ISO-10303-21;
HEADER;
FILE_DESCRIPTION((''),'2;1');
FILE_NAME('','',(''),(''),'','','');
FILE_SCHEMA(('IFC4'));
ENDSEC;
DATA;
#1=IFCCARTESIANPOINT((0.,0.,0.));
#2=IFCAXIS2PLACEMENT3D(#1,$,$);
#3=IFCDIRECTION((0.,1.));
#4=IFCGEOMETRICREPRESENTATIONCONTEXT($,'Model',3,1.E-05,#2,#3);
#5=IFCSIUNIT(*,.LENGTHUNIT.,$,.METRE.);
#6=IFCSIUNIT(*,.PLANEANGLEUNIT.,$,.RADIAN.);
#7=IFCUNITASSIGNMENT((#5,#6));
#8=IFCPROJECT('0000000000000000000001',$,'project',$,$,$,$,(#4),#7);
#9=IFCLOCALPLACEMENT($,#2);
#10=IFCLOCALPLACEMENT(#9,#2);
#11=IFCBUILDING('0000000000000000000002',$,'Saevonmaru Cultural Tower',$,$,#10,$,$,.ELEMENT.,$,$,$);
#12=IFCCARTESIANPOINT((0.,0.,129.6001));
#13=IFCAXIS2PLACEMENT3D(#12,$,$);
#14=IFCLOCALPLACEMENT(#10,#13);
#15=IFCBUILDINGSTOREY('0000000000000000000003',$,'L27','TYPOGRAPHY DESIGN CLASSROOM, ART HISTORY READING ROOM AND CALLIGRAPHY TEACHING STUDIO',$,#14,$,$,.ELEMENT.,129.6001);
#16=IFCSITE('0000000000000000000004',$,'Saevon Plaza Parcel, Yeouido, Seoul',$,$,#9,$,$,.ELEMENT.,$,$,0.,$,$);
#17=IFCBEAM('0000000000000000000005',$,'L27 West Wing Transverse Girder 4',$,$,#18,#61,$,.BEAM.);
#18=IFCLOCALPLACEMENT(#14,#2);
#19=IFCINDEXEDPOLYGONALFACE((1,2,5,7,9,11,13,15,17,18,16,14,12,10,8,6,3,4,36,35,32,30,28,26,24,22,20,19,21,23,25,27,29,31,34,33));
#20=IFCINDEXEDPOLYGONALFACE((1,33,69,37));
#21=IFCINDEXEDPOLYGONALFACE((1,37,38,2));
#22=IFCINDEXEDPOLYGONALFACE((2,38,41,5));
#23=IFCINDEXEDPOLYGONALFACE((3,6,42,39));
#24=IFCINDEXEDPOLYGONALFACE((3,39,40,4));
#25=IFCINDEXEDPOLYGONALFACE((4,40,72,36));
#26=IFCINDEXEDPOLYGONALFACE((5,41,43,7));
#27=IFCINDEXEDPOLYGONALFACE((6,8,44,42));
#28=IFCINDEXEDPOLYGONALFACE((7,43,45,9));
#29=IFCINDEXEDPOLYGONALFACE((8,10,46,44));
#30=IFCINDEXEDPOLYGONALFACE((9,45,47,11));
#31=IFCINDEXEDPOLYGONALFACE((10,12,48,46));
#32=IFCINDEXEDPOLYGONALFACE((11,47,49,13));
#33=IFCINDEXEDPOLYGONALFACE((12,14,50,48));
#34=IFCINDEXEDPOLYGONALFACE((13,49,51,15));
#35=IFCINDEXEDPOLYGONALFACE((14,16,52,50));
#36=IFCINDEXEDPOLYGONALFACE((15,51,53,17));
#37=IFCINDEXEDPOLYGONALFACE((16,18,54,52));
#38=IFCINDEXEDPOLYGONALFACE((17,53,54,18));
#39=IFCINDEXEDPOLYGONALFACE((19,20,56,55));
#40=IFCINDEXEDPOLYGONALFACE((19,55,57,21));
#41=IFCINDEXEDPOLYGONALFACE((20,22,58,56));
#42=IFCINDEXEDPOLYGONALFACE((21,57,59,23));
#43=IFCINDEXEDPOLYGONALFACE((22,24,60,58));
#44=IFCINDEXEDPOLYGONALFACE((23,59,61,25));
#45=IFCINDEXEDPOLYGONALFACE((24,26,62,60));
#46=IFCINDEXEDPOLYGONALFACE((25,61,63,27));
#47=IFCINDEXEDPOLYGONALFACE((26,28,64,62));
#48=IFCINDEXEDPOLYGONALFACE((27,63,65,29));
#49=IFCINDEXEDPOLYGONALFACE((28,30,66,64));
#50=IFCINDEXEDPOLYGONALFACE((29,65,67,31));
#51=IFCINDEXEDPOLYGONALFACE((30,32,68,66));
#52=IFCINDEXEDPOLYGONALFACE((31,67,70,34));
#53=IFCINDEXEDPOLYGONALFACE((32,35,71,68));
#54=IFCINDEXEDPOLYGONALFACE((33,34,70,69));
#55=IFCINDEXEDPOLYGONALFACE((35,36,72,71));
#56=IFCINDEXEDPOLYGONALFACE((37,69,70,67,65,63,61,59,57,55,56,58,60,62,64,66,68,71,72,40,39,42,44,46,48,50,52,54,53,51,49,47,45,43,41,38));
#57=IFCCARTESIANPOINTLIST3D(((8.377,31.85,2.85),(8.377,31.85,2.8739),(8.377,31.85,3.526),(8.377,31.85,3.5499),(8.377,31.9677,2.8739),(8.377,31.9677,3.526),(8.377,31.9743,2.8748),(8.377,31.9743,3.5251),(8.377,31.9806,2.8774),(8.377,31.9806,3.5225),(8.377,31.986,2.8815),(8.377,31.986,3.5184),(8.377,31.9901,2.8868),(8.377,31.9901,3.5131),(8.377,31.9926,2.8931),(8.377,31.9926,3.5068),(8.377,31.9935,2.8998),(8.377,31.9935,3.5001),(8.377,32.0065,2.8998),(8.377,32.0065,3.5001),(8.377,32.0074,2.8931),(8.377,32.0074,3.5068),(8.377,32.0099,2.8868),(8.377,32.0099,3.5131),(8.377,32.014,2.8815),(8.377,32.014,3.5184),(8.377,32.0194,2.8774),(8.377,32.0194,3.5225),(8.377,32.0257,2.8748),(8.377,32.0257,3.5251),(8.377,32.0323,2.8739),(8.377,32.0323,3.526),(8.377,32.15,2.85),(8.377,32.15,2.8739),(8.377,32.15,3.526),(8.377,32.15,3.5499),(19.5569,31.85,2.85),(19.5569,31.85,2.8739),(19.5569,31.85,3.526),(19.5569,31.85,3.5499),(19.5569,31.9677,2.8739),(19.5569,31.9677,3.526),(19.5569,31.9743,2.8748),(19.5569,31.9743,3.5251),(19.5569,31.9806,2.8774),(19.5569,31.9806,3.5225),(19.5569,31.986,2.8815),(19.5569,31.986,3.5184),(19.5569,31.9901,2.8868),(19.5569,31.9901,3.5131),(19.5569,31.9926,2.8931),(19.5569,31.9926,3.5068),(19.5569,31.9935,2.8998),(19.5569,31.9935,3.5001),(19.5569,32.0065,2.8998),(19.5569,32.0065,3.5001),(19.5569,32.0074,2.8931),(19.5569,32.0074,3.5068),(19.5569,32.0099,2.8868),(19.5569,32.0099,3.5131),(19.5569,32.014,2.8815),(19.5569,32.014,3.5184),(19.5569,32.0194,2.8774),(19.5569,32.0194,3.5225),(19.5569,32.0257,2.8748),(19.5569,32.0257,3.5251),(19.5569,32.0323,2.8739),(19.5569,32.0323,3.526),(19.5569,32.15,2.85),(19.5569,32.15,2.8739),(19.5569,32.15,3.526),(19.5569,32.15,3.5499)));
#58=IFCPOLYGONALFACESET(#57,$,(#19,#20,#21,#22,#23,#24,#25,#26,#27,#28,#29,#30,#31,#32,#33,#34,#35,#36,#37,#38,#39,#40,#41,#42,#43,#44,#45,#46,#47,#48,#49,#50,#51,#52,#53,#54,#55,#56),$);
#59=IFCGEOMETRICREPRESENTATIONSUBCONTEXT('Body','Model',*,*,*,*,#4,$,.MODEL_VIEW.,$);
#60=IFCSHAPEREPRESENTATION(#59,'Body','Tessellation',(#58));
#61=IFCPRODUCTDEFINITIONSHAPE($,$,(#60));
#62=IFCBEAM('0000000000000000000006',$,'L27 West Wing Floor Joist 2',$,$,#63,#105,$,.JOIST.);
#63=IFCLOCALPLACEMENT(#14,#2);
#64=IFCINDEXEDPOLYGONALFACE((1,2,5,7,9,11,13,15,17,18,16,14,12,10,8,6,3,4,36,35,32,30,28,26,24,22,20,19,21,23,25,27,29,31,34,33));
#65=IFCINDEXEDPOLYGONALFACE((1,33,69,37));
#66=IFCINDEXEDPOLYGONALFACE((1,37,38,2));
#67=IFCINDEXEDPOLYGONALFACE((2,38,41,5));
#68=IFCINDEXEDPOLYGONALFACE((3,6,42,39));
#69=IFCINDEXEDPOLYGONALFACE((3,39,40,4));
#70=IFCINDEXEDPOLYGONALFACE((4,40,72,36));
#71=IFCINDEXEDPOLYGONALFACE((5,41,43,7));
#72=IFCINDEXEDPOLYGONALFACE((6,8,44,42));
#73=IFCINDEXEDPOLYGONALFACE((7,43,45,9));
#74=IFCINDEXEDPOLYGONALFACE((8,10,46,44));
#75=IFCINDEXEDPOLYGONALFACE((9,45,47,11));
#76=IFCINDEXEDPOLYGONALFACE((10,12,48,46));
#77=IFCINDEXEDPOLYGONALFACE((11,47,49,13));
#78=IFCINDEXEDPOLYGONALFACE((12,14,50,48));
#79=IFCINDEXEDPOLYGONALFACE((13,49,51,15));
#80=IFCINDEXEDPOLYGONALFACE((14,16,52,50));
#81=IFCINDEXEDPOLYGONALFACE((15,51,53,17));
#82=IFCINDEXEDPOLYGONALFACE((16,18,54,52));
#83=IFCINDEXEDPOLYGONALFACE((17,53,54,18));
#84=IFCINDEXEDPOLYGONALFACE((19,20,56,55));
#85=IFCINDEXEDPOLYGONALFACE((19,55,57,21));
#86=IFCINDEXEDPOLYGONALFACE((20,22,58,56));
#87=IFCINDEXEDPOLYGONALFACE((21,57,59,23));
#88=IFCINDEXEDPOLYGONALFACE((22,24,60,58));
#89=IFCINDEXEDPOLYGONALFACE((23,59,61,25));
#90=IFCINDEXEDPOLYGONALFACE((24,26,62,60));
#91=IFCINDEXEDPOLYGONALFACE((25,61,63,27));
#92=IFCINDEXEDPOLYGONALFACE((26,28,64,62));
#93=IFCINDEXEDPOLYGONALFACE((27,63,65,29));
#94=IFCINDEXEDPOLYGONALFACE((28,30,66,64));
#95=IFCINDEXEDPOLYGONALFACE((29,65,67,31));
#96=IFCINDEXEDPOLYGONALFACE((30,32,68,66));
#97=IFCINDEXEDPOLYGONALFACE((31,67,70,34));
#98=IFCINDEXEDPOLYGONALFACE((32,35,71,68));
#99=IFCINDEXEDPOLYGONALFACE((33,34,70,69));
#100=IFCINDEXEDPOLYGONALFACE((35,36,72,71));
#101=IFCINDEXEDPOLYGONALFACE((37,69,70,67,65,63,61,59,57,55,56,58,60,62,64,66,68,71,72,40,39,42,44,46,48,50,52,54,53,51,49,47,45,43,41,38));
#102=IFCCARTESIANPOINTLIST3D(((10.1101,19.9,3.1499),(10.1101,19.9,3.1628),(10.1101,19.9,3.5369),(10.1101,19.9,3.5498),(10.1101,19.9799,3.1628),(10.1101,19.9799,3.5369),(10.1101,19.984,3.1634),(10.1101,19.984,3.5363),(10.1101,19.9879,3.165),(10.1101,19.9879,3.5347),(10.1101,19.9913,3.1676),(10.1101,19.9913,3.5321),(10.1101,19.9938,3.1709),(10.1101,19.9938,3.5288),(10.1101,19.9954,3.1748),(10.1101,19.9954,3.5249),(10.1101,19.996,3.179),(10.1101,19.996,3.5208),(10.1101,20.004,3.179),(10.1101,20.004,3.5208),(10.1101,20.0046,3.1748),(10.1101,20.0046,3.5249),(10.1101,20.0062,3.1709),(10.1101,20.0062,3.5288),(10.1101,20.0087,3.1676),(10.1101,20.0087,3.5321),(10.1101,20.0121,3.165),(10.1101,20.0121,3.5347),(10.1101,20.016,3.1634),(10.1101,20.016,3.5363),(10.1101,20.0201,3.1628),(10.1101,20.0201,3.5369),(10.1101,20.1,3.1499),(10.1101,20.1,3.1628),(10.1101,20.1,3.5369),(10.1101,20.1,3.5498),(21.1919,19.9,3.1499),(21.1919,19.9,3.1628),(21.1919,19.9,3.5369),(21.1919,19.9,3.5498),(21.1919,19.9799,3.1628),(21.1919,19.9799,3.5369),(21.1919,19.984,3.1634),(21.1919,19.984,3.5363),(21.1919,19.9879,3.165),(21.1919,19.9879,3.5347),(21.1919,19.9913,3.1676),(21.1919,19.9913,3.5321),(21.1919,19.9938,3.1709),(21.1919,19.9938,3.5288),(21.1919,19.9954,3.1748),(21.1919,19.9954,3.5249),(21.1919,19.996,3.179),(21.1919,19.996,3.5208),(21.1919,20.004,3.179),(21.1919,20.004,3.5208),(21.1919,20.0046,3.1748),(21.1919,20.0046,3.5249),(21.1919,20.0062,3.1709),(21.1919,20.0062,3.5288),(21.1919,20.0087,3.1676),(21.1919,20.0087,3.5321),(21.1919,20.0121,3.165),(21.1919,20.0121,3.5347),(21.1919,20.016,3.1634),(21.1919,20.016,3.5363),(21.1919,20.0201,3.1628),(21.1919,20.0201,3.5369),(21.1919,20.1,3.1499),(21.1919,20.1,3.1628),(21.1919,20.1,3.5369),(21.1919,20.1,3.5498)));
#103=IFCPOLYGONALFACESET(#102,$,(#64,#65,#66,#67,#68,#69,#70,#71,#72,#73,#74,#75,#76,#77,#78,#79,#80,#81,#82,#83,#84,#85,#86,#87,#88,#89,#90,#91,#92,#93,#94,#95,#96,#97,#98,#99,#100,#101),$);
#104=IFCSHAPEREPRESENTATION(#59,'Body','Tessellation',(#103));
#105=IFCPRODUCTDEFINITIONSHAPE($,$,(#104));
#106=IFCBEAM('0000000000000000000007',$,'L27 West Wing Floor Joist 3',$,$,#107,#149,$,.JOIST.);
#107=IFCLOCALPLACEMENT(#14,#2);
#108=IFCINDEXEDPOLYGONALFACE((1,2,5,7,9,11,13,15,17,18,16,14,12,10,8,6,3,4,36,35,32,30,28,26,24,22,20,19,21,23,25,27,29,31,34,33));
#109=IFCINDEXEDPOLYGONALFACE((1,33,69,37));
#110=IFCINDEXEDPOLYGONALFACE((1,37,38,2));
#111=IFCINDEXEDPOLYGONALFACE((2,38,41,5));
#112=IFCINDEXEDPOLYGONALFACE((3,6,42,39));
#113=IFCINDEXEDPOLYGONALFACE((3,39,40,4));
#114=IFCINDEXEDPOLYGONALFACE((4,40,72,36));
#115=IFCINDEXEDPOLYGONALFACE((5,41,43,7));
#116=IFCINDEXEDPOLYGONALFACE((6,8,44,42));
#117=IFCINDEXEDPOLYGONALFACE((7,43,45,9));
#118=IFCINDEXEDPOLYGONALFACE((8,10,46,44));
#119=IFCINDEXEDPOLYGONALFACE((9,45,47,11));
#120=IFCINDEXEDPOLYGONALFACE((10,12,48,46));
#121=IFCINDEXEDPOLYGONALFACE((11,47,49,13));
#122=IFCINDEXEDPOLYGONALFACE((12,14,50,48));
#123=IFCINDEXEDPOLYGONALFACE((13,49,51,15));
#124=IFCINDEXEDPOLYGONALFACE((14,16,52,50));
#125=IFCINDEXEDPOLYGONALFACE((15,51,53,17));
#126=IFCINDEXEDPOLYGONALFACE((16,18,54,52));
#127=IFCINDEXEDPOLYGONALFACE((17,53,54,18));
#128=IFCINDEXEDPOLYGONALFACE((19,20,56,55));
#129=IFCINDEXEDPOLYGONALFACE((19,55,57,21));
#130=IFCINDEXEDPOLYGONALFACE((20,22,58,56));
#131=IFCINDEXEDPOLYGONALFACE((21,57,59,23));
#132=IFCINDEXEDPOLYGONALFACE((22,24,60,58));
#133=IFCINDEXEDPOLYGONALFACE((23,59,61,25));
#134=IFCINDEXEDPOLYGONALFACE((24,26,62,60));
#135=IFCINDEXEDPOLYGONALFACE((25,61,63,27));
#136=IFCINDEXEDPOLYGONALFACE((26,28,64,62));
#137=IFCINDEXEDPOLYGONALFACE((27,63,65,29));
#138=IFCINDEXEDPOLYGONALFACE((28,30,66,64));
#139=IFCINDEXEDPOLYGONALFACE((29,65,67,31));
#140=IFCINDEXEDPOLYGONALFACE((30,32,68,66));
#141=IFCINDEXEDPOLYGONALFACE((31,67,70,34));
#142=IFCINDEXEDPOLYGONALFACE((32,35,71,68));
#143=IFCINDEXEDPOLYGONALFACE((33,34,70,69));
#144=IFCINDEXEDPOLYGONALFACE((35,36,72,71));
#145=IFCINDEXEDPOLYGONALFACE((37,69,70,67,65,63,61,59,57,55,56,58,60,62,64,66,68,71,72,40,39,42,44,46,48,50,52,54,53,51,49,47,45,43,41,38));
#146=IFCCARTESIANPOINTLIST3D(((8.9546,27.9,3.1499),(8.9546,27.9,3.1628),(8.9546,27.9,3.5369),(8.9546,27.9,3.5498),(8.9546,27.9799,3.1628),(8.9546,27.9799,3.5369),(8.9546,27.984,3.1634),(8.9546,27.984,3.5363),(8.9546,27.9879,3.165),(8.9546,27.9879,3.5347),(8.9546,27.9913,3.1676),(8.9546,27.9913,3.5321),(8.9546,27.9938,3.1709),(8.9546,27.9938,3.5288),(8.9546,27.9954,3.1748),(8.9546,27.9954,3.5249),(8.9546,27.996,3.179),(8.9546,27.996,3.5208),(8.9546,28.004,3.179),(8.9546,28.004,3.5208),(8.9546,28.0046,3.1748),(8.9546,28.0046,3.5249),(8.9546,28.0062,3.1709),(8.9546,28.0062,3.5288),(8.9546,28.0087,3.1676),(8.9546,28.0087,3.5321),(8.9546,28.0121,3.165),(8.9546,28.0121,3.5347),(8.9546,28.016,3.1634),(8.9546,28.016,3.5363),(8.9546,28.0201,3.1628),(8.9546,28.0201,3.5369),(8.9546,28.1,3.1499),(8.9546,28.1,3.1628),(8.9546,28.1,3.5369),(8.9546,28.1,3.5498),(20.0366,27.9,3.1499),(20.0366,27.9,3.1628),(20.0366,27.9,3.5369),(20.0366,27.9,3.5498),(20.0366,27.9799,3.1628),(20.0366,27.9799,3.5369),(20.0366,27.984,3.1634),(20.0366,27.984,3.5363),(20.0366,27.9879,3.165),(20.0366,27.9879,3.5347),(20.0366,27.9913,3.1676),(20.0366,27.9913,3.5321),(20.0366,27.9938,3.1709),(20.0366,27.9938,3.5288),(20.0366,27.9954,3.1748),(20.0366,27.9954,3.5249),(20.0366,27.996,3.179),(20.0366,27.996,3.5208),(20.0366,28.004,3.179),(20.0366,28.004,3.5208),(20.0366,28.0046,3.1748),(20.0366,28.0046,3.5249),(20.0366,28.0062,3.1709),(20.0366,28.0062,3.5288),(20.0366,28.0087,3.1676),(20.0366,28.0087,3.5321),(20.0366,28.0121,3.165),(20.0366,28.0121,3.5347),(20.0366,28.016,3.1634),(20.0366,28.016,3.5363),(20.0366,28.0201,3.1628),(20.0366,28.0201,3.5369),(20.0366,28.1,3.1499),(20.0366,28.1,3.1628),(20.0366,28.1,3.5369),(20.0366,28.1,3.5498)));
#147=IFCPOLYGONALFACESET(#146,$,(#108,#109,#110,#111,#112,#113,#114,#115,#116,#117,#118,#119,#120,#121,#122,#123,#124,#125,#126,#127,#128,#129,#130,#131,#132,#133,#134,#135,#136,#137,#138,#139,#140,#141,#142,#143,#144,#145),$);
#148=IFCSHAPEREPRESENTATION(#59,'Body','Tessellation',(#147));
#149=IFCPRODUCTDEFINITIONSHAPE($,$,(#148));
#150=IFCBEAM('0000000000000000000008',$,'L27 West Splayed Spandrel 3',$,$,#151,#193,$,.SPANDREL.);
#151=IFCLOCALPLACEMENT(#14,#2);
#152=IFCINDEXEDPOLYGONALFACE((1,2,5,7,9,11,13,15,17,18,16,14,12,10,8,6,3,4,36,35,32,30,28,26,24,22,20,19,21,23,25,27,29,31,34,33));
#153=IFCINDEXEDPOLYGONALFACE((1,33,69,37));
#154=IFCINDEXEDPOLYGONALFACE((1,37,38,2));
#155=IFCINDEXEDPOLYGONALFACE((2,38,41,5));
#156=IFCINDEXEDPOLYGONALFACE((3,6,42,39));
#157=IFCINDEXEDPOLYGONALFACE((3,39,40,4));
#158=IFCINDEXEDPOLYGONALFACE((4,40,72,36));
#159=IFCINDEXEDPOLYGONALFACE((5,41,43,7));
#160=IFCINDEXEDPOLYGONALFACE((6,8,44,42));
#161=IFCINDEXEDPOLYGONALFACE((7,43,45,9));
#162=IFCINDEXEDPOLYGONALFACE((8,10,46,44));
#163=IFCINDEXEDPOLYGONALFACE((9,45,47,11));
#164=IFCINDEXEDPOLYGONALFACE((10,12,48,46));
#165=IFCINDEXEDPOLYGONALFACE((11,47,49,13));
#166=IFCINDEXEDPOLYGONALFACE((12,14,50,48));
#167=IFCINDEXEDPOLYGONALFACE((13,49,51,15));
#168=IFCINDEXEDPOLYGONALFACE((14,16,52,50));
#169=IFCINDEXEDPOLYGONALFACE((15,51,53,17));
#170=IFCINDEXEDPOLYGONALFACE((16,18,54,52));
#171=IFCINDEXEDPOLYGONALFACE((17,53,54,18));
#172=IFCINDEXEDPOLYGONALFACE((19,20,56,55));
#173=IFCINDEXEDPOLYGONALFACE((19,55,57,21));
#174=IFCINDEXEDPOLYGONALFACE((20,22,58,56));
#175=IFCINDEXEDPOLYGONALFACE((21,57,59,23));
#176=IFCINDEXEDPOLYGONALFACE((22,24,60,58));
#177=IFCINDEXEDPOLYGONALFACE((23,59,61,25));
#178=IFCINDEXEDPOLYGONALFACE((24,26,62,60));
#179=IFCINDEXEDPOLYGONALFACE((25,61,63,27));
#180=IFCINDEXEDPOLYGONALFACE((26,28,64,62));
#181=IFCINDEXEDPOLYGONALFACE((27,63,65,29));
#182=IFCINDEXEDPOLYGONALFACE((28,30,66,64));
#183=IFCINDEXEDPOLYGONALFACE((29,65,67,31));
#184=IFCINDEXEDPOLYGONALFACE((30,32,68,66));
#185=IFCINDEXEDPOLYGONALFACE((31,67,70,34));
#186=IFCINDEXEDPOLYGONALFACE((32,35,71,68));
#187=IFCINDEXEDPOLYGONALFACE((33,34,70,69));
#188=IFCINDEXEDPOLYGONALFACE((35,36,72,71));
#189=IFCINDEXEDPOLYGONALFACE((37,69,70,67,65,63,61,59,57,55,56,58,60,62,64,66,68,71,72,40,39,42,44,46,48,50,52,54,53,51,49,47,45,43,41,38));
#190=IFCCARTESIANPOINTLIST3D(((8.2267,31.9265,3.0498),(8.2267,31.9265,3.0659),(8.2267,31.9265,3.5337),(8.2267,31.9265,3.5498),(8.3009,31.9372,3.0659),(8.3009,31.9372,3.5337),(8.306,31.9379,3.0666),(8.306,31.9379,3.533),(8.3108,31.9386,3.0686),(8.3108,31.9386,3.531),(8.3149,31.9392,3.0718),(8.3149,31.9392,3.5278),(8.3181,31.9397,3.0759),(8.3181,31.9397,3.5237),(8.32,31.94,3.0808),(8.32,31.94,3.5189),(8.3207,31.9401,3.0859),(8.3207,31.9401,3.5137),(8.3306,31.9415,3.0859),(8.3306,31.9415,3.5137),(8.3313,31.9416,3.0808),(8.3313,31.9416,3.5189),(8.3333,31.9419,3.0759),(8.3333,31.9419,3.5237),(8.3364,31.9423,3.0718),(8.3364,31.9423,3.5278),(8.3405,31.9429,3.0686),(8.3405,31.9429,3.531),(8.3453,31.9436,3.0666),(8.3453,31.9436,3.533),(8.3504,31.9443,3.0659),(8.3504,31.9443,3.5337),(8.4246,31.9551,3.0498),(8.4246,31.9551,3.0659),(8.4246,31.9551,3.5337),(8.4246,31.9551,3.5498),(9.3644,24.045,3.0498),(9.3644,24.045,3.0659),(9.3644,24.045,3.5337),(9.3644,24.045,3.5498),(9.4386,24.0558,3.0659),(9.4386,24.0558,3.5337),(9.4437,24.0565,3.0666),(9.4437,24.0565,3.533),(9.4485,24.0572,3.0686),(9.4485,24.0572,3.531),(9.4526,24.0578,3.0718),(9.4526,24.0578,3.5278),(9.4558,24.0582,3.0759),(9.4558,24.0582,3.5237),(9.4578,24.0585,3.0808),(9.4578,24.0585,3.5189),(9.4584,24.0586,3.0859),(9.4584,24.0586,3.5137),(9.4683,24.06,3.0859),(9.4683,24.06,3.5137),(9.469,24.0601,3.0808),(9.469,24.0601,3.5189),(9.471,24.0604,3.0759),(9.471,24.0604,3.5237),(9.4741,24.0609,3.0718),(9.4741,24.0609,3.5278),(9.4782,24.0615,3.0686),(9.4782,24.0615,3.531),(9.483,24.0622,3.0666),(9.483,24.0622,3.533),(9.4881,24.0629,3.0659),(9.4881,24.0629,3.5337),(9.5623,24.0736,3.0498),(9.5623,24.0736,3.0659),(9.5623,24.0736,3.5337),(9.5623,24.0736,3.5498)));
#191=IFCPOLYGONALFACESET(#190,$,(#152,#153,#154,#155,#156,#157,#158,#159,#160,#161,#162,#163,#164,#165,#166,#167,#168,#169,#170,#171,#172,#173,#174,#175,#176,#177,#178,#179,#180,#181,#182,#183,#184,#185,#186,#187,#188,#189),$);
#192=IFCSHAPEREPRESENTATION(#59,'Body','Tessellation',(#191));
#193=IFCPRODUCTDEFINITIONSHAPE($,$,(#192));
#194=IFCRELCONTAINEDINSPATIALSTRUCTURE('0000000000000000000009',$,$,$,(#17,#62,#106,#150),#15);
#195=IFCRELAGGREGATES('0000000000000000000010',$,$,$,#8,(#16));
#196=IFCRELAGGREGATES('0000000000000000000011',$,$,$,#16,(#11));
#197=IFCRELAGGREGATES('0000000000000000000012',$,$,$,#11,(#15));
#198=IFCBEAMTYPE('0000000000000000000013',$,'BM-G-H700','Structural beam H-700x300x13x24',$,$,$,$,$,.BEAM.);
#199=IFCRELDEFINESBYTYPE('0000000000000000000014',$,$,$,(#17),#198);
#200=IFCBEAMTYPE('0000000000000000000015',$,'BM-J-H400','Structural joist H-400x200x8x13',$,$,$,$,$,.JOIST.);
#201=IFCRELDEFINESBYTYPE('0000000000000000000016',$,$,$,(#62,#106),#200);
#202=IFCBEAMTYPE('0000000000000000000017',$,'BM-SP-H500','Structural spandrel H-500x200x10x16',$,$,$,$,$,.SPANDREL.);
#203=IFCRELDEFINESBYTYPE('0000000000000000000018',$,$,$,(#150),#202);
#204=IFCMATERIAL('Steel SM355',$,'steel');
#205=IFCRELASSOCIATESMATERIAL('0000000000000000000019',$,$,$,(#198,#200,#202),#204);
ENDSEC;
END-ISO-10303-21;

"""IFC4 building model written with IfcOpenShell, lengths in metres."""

from ifc_helpers import new_model, si_unit, direction, frame, origin, origin_2d, place, context, subcontext, project, spatial, i_section, extrude, material, material_profile, profile_set, type_object, element, save


model = new_model("IFC4")

# Units and contexts
model_context = context("Model", 3, precision=1e-05, world=origin(), true_north=direction((0.0, 1.0)))
body_context = subcontext(model_context, "Body", "Model", "MODEL_VIEW")
ifc_project = project(units=[si_unit("LENGTHUNIT", "METRE"), si_unit("PLANEANGLEUNIT", "RADIAN")], contexts=[model_context])

# Site, building, storey
site_placement = place(None, origin())
site = spatial("IfcSite", under=ifc_project, at=site_placement, Name="Saevon Plaza Parcel, Yeouido, Seoul", CompositionType="ELEMENT", RefElevation=0.0)
building_placement = place(site_placement, origin())
building = spatial("IfcBuilding", under=site, at=building_placement, Name="Saevonmaru Cultural Tower", CompositionType="ELEMENT")
storey_placement = place(building_placement, frame((0.0, 0.0, 129.6001)))
storey = spatial("IfcBuildingStorey", under=building, at=storey_placement, Name="L27", Description="TYPOGRAPHY DESIGN CLASSROOM, ART HISTORY READING ROOM AND CALLIGRAPHY TEACHING STUDIO", CompositionType="ELEMENT", Elevation=129.6001)

# Shared definitions
ifc_material_1 = material(Name="Steel SM355", Category="steel")

# Beams
ifc_material_profile_1 = material_profile(ifc_material_1, i_section(OverallWidth=0.3, OverallDepth=0.7, WebThickness=0.0129, FlangeThickness=0.0239, FilletRadius=0.0259, at=origin_2d()), Name="H-700x300x13x24")
ifc_profile_set_1 = profile_set([ifc_material_profile_1], Name="Steel SM355")
beam_type_1 = type_object("IfcBeamType", Name="BM-G-H700", Description="Structural beam H-700x300x13x24", PredefinedType="BEAM", material=ifc_profile_set_1)
for number, where, z_axis, x_axis, name in (
    (1, (8.377, 32.0, 3.2), (1.0, 0.0, 0.0), (0.0, 1.0, 0.0), "L27 West Wing Transverse Girder 4"),
):
    element("IfcBeam", number, at=place(storey_placement, frame(where, z_axis=z_axis, x_axis=x_axis)), inside=storey, type_object=beam_type_1, Name=name, PredefinedType="BEAM", context=body_context, shape_type="SweptSolid", body=[
        extrude(i_section(OverallWidth=0.3, OverallDepth=0.7, WebThickness=0.0129, FlangeThickness=0.0239, FilletRadius=0.0259, at=origin_2d()), origin(), (0.0, 0.0, 1.0), 11.1799),
    ])
ifc_material_profile_2 = material_profile(ifc_material_1, i_section(OverallWidth=0.2, OverallDepth=0.3999, WebThickness=0.0081, FlangeThickness=0.0129, FilletRadius=0.0161, at=origin_2d()), Name="H-400x200x8x13")
ifc_profile_set_2 = profile_set([ifc_material_profile_2], Name="Steel SM355")
beam_type_2 = type_object("IfcBeamType", Name="BM-J-H400", Description="Structural joist H-400x200x8x13", PredefinedType="JOIST", material=ifc_profile_set_2)
beam_1_placement = place(storey_placement, frame((10.1101, 20.0, 3.3499), z_axis=(1.0, 0.0, 0.0), x_axis=(0.0, 1.0, 0.0)))
element("IfcBeam", 2, at=beam_1_placement, inside=storey, type_object=beam_type_2, Name="L27 West Wing Floor Joist 2", PredefinedType="JOIST", context=body_context, shape_type="SweptSolid", body=[
    extrude(i_section(OverallWidth=0.2, OverallDepth=0.3999, WebThickness=0.0081, FlangeThickness=0.0129, FilletRadius=0.0161, at=origin_2d()), origin(), (0.0, 0.0, 1.0), 11.0818),
])
beam_2_placement = place(storey_placement, frame((8.9546, 28.0, 3.3499), z_axis=(1.0, 0.0, 0.0), x_axis=(0.0, 1.0, 0.0)))
element("IfcBeam", 3, at=beam_2_placement, inside=storey, type_object=beam_type_2, Name="L27 West Wing Floor Joist 3", PredefinedType="JOIST", context=body_context, shape_type="SweptSolid", body=[
    extrude(i_section(OverallWidth=0.2, OverallDepth=0.3999, WebThickness=0.0081, FlangeThickness=0.0129, FilletRadius=0.0161, at=origin_2d()), origin(), (0.0, 0.0, 1.0), 11.082),
])
ifc_material_profile_3 = material_profile(ifc_material_1, i_section(OverallWidth=0.2, OverallDepth=0.5, WebThickness=0.01, FlangeThickness=0.0161, FilletRadius=0.02, at=origin_2d()), Name="H-500x200x10x16")
ifc_profile_set_3 = profile_set([ifc_material_profile_3], Name="Steel SM355")
beam_type_3 = type_object("IfcBeamType", Name="BM-SP-H500", Description="Structural spandrel H-500x200x10x16", PredefinedType="SPANDREL", material=ifc_profile_set_3)
beam_3_placement = place(storey_placement, frame((9.4634, 24.0593, 3.2998), z_axis=(-0.142872, 0.989741, 0.0), x_axis=(-0.989741, -0.142872, 0.0)))
element("IfcBeam", 4, at=beam_3_placement, inside=storey, type_object=beam_type_3, Name="L27 West Splayed Spandrel 3", PredefinedType="SPANDREL", context=body_context, shape_type="SweptSolid", body=[
    extrude(i_section(OverallWidth=0.2, OverallDepth=0.5, WebThickness=0.01, FlangeThickness=0.0161, FilletRadius=0.02, at=origin_2d()), origin(), (0.0, 0.0, 1.0), 7.9631),
])

save(model, "model.ifc")
